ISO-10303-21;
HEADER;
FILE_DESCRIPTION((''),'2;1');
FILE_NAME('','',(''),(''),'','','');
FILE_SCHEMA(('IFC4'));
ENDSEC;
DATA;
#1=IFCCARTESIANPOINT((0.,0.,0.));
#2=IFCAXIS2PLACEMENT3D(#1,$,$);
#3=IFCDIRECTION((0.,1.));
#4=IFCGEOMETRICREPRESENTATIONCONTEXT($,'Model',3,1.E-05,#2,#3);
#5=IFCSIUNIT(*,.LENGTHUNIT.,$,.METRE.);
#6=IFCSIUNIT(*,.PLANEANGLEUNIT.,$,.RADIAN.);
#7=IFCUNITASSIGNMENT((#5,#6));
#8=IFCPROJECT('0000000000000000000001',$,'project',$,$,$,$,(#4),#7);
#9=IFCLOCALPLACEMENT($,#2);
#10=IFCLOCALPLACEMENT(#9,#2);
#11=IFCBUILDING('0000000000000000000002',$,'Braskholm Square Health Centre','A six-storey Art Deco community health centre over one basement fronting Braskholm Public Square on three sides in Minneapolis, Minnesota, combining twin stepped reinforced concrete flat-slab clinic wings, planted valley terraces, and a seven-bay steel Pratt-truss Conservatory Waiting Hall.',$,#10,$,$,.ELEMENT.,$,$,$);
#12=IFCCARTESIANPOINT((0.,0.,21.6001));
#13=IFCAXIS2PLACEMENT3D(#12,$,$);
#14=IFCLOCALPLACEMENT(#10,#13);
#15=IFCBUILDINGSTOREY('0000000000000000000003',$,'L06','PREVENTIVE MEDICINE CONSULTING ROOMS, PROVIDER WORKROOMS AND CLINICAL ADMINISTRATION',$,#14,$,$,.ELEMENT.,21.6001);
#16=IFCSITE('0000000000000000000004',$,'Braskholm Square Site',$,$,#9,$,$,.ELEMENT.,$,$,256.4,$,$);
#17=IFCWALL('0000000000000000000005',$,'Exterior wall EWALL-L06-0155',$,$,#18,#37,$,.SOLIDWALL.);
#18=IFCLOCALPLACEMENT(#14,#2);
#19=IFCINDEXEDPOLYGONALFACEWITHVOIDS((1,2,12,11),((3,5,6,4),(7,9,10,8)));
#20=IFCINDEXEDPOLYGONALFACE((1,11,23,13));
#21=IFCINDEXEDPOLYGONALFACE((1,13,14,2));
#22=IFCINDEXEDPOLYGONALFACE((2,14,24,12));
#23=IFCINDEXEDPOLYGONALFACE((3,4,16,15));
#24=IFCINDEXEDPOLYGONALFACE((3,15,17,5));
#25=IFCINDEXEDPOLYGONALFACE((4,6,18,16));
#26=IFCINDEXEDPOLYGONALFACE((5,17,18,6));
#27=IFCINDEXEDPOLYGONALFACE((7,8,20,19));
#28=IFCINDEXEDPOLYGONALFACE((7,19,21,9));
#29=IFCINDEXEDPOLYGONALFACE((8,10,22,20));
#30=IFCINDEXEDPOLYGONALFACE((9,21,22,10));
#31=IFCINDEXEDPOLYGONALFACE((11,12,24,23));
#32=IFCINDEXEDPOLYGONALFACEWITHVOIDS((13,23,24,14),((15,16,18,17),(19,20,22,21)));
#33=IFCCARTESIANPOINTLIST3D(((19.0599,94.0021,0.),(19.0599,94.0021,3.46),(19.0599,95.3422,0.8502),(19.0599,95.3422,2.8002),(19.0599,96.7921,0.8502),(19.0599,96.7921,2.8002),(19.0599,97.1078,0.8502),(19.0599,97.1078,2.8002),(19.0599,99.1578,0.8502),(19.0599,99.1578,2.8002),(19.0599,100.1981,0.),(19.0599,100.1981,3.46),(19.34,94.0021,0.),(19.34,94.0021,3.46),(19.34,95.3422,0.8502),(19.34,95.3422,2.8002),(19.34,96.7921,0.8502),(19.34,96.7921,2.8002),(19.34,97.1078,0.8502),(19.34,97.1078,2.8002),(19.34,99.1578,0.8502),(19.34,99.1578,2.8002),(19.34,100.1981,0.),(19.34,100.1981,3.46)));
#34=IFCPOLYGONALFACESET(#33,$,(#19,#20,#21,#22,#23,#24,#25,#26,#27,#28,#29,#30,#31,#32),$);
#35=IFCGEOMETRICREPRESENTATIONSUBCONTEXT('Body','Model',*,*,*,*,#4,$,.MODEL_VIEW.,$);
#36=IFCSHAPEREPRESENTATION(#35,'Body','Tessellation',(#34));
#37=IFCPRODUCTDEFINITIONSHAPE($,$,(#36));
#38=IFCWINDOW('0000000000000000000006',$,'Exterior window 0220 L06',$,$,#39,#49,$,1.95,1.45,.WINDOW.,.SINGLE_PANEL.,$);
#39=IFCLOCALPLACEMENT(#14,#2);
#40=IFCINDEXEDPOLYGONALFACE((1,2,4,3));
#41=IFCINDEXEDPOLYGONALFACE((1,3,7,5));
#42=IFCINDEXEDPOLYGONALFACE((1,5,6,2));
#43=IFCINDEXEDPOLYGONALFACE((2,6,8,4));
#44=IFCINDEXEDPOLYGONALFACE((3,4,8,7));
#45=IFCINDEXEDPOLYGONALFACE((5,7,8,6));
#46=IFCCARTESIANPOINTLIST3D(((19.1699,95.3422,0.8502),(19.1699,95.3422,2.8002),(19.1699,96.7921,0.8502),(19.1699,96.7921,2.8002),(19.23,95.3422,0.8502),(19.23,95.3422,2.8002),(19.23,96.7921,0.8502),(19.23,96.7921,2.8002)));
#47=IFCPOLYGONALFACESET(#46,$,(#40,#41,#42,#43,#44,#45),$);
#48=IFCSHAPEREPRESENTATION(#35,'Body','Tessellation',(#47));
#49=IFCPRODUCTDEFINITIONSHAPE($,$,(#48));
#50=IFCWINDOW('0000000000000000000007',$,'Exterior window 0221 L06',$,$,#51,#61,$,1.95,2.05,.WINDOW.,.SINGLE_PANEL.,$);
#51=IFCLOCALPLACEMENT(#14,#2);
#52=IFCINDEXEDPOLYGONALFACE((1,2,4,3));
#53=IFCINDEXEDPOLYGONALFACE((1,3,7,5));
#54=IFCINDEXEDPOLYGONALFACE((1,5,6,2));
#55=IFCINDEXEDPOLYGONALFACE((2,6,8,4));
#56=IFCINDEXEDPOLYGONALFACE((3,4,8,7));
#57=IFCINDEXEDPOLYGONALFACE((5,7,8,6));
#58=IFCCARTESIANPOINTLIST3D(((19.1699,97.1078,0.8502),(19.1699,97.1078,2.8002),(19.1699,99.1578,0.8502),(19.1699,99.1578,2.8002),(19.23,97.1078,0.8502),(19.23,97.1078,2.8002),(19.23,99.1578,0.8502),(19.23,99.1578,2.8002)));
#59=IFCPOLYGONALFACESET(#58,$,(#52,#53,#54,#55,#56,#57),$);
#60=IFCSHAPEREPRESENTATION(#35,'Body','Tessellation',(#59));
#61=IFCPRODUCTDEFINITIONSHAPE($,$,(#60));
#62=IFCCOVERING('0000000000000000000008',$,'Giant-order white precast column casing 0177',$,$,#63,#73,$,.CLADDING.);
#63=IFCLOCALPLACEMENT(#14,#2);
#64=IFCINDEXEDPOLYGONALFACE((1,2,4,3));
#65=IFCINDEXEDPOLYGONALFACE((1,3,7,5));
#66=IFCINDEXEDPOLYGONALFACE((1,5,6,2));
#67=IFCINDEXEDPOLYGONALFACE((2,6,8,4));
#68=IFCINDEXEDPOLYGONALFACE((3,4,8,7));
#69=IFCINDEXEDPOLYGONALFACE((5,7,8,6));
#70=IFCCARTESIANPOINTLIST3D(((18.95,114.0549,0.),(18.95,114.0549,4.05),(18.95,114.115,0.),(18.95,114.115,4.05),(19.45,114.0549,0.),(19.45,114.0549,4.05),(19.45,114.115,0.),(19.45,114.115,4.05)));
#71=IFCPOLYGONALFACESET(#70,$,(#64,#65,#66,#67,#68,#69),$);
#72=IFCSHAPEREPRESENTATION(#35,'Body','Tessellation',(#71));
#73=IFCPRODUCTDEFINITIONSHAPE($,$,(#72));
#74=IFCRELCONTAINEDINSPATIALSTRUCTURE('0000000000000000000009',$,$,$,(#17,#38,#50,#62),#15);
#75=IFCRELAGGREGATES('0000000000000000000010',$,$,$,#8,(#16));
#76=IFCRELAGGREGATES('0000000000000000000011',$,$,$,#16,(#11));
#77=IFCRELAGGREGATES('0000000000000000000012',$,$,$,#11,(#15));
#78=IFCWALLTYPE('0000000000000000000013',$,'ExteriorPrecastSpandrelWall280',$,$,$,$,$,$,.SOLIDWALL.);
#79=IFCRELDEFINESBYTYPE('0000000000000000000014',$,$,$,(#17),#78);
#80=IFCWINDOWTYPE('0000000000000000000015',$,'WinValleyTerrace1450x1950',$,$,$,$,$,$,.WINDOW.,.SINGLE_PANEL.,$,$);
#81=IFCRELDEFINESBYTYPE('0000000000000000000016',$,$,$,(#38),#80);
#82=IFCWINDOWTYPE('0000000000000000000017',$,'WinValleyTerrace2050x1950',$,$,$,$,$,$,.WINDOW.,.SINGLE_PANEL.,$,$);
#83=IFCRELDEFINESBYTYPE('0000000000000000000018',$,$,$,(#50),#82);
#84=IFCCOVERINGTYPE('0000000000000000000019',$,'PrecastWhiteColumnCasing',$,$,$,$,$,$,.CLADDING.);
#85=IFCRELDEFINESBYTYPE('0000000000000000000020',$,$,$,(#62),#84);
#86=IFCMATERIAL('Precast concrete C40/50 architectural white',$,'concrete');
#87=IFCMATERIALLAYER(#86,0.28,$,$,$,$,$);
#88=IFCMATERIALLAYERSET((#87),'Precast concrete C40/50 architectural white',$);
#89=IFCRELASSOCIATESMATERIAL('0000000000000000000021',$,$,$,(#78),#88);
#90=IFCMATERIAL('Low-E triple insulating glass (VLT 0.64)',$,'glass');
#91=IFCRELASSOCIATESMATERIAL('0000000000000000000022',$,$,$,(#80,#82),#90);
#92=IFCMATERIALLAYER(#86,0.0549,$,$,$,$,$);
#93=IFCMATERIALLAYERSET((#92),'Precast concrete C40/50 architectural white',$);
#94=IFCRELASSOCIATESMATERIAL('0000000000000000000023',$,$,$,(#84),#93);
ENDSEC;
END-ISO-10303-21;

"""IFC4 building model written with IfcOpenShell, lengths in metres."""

from ifc_helpers import new_model, si_unit, direction, frame, frame_2d, origin, origin_with_axes, origin_2d, place, context, subcontext, project, spatial, rectangle, extrude, material, layer, layer_set, type_object, element, fill, save


model = new_model("IFC4")

# Units and contexts
model_context = context("Model", 3, precision=1e-05, world=origin(), true_north=direction((0.0, 1.0)))
body_context = subcontext(model_context, "Body", "Model", "MODEL_VIEW")
ifc_project = project(units=[si_unit("LENGTHUNIT", "METRE"), si_unit("PLANEANGLEUNIT", "RADIAN")], contexts=[model_context])

# Site, building, storey
site_placement = place(None, origin())
site = spatial("IfcSite", under=ifc_project, at=site_placement, Name="Braskholm Square Site", CompositionType="ELEMENT", RefElevation=256.4)
building_placement = place(site_placement, origin())
building = spatial("IfcBuilding", under=site, at=building_placement, Name="Braskholm Square Health Centre", Description="A six-storey Art Deco community health centre over one basement fronting Braskholm Public Square on three sides in Minneapolis, Minnesota, combining twin stepped reinforced concrete flat-slab clinic wings, planted valley terraces, and a seven-bay steel Pratt-truss Conservatory Waiting Hall.", CompositionType="ELEMENT")
storey_placement = place(building_placement, frame((0.0, 0.0, 21.6001)))
storey = spatial("IfcBuildingStorey", under=building, at=storey_placement, Name="L06", Description="PREVENTIVE MEDICINE CONSULTING ROOMS, PROVIDER WORKROOMS AND CLINICAL ADMINISTRATION", CompositionType="ELEMENT", Elevation=21.6001)

# Shared definitions
ifc_material_1 = material(Name="Low-E triple insulating glass (VLT 0.64)", Category="glass")

# Wall, openings, windows
ifc_material_2 = material(Name="Precast concrete C40/50 architectural white", Category="concrete")
ifc_layer_1 = layer(ifc_material_2, 0.28)
ifc_layer_set_1 = layer_set([ifc_layer_1], Name="Precast concrete C40/50 architectural white")
wall_type = type_object("IfcWallType", Name="ExteriorPrecastSpandrelWall280", PredefinedType="SOLIDWALL", material=ifc_layer_set_1)
window_type_1 = type_object("IfcWindowType", Name="WinValleyTerrace1450x1950", PartitioningType="SINGLE_PANEL", PredefinedType="WINDOW", material=ifc_material_1)
window_type_2 = type_object("IfcWindowType", Name="WinValleyTerrace2050x1950", PartitioningType="SINGLE_PANEL", PredefinedType="WINDOW", material=ifc_material_1)
wall_1_placement = place(storey_placement, frame((19.2, 94.002, 0.0), z_axis=(0.0, 0.0, 1.0), x_axis=(0.0, 1.0, 0.0)))
wall_1 = element("IfcWall", 1, at=wall_1_placement, inside=storey, type_object=wall_type, Name="Exterior wall EWALL-L06-0155", PredefinedType="SOLIDWALL", context=body_context, shape_type="SweptSolid", body=[
    extrude(rectangle(XDim=6.196, YDim=0.28, at=frame_2d((3.0981, 0.0))), origin(), (0.0, 0.0, 1.0), 3.46),
])
opening_1_placement = place(wall_1_placement, frame((1.3401, 0.0, 0.8501)))
opening_1 = element("IfcOpeningElement", 2, at=opening_1_placement, cuts=wall_1, PredefinedType="OPENING", context=body_context, shape_type="SweptSolid", body=[
    extrude(rectangle(XDim=1.45, YDim=1.95, at=frame_2d((0.7251, 0.9751))), frame((0.0, 0.1499, 0.0), z_axis=(0.0, -1.0, 0.0), x_axis=(1.0, 0.0, 0.0)), (0.0, 0.0, 1.0), 0.3),
])
opening_2_placement = place(wall_1_placement, frame((3.106, 0.0, 0.8501)))
opening_2 = element("IfcOpeningElement", 3, at=opening_2_placement, cuts=wall_1, PredefinedType="OPENING", context=body_context, shape_type="SweptSolid", body=[
    extrude(rectangle(XDim=2.05, YDim=1.95, at=frame_2d((1.0249, 0.9751))), frame((0.0, 0.1499, 0.0), z_axis=(0.0, -1.0, 0.0), x_axis=(1.0, 0.0, 0.0)), (0.0, 0.0, 1.0), 0.3),
])
window_1_placement = place(opening_1_placement, origin_with_axes())
window_1 = element("IfcWindow", 4, at=window_1_placement, inside=storey, type_object=window_type_1, Name="Exterior window 0220 L06", OverallHeight=1.95, OverallWidth=1.45, PartitioningType="SINGLE_PANEL", PredefinedType="WINDOW", context=body_context, shape_type="SweptSolid", body=[
    extrude(rectangle(XDim=1.45, YDim=1.95, at=frame_2d((0.7251, 0.9751))), frame((0.0, 0.03, 0.0), z_axis=(0.0, -1.0, 0.0), x_axis=(1.0, 0.0, 0.0)), (0.0, 0.0, 1.0), 0.0601),
])
fill(opening_1, window_1)
window_2_placement = place(opening_2_placement, origin_with_axes())
window_2 = element("IfcWindow", 5, at=window_2_placement, inside=storey, type_object=window_type_2, Name="Exterior window 0221 L06", OverallHeight=1.95, OverallWidth=2.05, PartitioningType="SINGLE_PANEL", PredefinedType="WINDOW", context=body_context, shape_type="SweptSolid", body=[
    extrude(rectangle(XDim=2.05, YDim=1.95, at=frame_2d((1.0249, 0.9751))), frame((0.0, 0.03, 0.0), z_axis=(0.0, -1.0, 0.0), x_axis=(1.0, 0.0, 0.0)), (0.0, 0.0, 1.0), 0.0601),
])
fill(opening_2, window_2)

# Covering
ifc_layer_2 = layer(ifc_material_2, 0.0549)
ifc_layer_set_2 = layer_set([ifc_layer_2], Name="Precast concrete C40/50 architectural white")
covering_type = type_object("IfcCoveringType", Name="PrecastWhiteColumnCasing", PredefinedType="CLADDING", material=ifc_layer_set_2)
covering_placement = place(storey_placement, frame((19.2, 114.085, 0.0), z_axis=(0.0, 0.0, 1.0), x_axis=(1.0, 0.0, 0.0)))
element("IfcCovering", 6, at=covering_placement, inside=storey, type_object=covering_type, Name="Giant-order white precast column casing 0177", PredefinedType="CLADDING", context=body_context, shape_type="SweptSolid", body=[
    extrude(rectangle(XDim=0.5, YDim=0.0601, at=origin_2d()), origin(), (0.0, 0.0, 1.0), 4.05),
])

save(model, "model.ifc")
